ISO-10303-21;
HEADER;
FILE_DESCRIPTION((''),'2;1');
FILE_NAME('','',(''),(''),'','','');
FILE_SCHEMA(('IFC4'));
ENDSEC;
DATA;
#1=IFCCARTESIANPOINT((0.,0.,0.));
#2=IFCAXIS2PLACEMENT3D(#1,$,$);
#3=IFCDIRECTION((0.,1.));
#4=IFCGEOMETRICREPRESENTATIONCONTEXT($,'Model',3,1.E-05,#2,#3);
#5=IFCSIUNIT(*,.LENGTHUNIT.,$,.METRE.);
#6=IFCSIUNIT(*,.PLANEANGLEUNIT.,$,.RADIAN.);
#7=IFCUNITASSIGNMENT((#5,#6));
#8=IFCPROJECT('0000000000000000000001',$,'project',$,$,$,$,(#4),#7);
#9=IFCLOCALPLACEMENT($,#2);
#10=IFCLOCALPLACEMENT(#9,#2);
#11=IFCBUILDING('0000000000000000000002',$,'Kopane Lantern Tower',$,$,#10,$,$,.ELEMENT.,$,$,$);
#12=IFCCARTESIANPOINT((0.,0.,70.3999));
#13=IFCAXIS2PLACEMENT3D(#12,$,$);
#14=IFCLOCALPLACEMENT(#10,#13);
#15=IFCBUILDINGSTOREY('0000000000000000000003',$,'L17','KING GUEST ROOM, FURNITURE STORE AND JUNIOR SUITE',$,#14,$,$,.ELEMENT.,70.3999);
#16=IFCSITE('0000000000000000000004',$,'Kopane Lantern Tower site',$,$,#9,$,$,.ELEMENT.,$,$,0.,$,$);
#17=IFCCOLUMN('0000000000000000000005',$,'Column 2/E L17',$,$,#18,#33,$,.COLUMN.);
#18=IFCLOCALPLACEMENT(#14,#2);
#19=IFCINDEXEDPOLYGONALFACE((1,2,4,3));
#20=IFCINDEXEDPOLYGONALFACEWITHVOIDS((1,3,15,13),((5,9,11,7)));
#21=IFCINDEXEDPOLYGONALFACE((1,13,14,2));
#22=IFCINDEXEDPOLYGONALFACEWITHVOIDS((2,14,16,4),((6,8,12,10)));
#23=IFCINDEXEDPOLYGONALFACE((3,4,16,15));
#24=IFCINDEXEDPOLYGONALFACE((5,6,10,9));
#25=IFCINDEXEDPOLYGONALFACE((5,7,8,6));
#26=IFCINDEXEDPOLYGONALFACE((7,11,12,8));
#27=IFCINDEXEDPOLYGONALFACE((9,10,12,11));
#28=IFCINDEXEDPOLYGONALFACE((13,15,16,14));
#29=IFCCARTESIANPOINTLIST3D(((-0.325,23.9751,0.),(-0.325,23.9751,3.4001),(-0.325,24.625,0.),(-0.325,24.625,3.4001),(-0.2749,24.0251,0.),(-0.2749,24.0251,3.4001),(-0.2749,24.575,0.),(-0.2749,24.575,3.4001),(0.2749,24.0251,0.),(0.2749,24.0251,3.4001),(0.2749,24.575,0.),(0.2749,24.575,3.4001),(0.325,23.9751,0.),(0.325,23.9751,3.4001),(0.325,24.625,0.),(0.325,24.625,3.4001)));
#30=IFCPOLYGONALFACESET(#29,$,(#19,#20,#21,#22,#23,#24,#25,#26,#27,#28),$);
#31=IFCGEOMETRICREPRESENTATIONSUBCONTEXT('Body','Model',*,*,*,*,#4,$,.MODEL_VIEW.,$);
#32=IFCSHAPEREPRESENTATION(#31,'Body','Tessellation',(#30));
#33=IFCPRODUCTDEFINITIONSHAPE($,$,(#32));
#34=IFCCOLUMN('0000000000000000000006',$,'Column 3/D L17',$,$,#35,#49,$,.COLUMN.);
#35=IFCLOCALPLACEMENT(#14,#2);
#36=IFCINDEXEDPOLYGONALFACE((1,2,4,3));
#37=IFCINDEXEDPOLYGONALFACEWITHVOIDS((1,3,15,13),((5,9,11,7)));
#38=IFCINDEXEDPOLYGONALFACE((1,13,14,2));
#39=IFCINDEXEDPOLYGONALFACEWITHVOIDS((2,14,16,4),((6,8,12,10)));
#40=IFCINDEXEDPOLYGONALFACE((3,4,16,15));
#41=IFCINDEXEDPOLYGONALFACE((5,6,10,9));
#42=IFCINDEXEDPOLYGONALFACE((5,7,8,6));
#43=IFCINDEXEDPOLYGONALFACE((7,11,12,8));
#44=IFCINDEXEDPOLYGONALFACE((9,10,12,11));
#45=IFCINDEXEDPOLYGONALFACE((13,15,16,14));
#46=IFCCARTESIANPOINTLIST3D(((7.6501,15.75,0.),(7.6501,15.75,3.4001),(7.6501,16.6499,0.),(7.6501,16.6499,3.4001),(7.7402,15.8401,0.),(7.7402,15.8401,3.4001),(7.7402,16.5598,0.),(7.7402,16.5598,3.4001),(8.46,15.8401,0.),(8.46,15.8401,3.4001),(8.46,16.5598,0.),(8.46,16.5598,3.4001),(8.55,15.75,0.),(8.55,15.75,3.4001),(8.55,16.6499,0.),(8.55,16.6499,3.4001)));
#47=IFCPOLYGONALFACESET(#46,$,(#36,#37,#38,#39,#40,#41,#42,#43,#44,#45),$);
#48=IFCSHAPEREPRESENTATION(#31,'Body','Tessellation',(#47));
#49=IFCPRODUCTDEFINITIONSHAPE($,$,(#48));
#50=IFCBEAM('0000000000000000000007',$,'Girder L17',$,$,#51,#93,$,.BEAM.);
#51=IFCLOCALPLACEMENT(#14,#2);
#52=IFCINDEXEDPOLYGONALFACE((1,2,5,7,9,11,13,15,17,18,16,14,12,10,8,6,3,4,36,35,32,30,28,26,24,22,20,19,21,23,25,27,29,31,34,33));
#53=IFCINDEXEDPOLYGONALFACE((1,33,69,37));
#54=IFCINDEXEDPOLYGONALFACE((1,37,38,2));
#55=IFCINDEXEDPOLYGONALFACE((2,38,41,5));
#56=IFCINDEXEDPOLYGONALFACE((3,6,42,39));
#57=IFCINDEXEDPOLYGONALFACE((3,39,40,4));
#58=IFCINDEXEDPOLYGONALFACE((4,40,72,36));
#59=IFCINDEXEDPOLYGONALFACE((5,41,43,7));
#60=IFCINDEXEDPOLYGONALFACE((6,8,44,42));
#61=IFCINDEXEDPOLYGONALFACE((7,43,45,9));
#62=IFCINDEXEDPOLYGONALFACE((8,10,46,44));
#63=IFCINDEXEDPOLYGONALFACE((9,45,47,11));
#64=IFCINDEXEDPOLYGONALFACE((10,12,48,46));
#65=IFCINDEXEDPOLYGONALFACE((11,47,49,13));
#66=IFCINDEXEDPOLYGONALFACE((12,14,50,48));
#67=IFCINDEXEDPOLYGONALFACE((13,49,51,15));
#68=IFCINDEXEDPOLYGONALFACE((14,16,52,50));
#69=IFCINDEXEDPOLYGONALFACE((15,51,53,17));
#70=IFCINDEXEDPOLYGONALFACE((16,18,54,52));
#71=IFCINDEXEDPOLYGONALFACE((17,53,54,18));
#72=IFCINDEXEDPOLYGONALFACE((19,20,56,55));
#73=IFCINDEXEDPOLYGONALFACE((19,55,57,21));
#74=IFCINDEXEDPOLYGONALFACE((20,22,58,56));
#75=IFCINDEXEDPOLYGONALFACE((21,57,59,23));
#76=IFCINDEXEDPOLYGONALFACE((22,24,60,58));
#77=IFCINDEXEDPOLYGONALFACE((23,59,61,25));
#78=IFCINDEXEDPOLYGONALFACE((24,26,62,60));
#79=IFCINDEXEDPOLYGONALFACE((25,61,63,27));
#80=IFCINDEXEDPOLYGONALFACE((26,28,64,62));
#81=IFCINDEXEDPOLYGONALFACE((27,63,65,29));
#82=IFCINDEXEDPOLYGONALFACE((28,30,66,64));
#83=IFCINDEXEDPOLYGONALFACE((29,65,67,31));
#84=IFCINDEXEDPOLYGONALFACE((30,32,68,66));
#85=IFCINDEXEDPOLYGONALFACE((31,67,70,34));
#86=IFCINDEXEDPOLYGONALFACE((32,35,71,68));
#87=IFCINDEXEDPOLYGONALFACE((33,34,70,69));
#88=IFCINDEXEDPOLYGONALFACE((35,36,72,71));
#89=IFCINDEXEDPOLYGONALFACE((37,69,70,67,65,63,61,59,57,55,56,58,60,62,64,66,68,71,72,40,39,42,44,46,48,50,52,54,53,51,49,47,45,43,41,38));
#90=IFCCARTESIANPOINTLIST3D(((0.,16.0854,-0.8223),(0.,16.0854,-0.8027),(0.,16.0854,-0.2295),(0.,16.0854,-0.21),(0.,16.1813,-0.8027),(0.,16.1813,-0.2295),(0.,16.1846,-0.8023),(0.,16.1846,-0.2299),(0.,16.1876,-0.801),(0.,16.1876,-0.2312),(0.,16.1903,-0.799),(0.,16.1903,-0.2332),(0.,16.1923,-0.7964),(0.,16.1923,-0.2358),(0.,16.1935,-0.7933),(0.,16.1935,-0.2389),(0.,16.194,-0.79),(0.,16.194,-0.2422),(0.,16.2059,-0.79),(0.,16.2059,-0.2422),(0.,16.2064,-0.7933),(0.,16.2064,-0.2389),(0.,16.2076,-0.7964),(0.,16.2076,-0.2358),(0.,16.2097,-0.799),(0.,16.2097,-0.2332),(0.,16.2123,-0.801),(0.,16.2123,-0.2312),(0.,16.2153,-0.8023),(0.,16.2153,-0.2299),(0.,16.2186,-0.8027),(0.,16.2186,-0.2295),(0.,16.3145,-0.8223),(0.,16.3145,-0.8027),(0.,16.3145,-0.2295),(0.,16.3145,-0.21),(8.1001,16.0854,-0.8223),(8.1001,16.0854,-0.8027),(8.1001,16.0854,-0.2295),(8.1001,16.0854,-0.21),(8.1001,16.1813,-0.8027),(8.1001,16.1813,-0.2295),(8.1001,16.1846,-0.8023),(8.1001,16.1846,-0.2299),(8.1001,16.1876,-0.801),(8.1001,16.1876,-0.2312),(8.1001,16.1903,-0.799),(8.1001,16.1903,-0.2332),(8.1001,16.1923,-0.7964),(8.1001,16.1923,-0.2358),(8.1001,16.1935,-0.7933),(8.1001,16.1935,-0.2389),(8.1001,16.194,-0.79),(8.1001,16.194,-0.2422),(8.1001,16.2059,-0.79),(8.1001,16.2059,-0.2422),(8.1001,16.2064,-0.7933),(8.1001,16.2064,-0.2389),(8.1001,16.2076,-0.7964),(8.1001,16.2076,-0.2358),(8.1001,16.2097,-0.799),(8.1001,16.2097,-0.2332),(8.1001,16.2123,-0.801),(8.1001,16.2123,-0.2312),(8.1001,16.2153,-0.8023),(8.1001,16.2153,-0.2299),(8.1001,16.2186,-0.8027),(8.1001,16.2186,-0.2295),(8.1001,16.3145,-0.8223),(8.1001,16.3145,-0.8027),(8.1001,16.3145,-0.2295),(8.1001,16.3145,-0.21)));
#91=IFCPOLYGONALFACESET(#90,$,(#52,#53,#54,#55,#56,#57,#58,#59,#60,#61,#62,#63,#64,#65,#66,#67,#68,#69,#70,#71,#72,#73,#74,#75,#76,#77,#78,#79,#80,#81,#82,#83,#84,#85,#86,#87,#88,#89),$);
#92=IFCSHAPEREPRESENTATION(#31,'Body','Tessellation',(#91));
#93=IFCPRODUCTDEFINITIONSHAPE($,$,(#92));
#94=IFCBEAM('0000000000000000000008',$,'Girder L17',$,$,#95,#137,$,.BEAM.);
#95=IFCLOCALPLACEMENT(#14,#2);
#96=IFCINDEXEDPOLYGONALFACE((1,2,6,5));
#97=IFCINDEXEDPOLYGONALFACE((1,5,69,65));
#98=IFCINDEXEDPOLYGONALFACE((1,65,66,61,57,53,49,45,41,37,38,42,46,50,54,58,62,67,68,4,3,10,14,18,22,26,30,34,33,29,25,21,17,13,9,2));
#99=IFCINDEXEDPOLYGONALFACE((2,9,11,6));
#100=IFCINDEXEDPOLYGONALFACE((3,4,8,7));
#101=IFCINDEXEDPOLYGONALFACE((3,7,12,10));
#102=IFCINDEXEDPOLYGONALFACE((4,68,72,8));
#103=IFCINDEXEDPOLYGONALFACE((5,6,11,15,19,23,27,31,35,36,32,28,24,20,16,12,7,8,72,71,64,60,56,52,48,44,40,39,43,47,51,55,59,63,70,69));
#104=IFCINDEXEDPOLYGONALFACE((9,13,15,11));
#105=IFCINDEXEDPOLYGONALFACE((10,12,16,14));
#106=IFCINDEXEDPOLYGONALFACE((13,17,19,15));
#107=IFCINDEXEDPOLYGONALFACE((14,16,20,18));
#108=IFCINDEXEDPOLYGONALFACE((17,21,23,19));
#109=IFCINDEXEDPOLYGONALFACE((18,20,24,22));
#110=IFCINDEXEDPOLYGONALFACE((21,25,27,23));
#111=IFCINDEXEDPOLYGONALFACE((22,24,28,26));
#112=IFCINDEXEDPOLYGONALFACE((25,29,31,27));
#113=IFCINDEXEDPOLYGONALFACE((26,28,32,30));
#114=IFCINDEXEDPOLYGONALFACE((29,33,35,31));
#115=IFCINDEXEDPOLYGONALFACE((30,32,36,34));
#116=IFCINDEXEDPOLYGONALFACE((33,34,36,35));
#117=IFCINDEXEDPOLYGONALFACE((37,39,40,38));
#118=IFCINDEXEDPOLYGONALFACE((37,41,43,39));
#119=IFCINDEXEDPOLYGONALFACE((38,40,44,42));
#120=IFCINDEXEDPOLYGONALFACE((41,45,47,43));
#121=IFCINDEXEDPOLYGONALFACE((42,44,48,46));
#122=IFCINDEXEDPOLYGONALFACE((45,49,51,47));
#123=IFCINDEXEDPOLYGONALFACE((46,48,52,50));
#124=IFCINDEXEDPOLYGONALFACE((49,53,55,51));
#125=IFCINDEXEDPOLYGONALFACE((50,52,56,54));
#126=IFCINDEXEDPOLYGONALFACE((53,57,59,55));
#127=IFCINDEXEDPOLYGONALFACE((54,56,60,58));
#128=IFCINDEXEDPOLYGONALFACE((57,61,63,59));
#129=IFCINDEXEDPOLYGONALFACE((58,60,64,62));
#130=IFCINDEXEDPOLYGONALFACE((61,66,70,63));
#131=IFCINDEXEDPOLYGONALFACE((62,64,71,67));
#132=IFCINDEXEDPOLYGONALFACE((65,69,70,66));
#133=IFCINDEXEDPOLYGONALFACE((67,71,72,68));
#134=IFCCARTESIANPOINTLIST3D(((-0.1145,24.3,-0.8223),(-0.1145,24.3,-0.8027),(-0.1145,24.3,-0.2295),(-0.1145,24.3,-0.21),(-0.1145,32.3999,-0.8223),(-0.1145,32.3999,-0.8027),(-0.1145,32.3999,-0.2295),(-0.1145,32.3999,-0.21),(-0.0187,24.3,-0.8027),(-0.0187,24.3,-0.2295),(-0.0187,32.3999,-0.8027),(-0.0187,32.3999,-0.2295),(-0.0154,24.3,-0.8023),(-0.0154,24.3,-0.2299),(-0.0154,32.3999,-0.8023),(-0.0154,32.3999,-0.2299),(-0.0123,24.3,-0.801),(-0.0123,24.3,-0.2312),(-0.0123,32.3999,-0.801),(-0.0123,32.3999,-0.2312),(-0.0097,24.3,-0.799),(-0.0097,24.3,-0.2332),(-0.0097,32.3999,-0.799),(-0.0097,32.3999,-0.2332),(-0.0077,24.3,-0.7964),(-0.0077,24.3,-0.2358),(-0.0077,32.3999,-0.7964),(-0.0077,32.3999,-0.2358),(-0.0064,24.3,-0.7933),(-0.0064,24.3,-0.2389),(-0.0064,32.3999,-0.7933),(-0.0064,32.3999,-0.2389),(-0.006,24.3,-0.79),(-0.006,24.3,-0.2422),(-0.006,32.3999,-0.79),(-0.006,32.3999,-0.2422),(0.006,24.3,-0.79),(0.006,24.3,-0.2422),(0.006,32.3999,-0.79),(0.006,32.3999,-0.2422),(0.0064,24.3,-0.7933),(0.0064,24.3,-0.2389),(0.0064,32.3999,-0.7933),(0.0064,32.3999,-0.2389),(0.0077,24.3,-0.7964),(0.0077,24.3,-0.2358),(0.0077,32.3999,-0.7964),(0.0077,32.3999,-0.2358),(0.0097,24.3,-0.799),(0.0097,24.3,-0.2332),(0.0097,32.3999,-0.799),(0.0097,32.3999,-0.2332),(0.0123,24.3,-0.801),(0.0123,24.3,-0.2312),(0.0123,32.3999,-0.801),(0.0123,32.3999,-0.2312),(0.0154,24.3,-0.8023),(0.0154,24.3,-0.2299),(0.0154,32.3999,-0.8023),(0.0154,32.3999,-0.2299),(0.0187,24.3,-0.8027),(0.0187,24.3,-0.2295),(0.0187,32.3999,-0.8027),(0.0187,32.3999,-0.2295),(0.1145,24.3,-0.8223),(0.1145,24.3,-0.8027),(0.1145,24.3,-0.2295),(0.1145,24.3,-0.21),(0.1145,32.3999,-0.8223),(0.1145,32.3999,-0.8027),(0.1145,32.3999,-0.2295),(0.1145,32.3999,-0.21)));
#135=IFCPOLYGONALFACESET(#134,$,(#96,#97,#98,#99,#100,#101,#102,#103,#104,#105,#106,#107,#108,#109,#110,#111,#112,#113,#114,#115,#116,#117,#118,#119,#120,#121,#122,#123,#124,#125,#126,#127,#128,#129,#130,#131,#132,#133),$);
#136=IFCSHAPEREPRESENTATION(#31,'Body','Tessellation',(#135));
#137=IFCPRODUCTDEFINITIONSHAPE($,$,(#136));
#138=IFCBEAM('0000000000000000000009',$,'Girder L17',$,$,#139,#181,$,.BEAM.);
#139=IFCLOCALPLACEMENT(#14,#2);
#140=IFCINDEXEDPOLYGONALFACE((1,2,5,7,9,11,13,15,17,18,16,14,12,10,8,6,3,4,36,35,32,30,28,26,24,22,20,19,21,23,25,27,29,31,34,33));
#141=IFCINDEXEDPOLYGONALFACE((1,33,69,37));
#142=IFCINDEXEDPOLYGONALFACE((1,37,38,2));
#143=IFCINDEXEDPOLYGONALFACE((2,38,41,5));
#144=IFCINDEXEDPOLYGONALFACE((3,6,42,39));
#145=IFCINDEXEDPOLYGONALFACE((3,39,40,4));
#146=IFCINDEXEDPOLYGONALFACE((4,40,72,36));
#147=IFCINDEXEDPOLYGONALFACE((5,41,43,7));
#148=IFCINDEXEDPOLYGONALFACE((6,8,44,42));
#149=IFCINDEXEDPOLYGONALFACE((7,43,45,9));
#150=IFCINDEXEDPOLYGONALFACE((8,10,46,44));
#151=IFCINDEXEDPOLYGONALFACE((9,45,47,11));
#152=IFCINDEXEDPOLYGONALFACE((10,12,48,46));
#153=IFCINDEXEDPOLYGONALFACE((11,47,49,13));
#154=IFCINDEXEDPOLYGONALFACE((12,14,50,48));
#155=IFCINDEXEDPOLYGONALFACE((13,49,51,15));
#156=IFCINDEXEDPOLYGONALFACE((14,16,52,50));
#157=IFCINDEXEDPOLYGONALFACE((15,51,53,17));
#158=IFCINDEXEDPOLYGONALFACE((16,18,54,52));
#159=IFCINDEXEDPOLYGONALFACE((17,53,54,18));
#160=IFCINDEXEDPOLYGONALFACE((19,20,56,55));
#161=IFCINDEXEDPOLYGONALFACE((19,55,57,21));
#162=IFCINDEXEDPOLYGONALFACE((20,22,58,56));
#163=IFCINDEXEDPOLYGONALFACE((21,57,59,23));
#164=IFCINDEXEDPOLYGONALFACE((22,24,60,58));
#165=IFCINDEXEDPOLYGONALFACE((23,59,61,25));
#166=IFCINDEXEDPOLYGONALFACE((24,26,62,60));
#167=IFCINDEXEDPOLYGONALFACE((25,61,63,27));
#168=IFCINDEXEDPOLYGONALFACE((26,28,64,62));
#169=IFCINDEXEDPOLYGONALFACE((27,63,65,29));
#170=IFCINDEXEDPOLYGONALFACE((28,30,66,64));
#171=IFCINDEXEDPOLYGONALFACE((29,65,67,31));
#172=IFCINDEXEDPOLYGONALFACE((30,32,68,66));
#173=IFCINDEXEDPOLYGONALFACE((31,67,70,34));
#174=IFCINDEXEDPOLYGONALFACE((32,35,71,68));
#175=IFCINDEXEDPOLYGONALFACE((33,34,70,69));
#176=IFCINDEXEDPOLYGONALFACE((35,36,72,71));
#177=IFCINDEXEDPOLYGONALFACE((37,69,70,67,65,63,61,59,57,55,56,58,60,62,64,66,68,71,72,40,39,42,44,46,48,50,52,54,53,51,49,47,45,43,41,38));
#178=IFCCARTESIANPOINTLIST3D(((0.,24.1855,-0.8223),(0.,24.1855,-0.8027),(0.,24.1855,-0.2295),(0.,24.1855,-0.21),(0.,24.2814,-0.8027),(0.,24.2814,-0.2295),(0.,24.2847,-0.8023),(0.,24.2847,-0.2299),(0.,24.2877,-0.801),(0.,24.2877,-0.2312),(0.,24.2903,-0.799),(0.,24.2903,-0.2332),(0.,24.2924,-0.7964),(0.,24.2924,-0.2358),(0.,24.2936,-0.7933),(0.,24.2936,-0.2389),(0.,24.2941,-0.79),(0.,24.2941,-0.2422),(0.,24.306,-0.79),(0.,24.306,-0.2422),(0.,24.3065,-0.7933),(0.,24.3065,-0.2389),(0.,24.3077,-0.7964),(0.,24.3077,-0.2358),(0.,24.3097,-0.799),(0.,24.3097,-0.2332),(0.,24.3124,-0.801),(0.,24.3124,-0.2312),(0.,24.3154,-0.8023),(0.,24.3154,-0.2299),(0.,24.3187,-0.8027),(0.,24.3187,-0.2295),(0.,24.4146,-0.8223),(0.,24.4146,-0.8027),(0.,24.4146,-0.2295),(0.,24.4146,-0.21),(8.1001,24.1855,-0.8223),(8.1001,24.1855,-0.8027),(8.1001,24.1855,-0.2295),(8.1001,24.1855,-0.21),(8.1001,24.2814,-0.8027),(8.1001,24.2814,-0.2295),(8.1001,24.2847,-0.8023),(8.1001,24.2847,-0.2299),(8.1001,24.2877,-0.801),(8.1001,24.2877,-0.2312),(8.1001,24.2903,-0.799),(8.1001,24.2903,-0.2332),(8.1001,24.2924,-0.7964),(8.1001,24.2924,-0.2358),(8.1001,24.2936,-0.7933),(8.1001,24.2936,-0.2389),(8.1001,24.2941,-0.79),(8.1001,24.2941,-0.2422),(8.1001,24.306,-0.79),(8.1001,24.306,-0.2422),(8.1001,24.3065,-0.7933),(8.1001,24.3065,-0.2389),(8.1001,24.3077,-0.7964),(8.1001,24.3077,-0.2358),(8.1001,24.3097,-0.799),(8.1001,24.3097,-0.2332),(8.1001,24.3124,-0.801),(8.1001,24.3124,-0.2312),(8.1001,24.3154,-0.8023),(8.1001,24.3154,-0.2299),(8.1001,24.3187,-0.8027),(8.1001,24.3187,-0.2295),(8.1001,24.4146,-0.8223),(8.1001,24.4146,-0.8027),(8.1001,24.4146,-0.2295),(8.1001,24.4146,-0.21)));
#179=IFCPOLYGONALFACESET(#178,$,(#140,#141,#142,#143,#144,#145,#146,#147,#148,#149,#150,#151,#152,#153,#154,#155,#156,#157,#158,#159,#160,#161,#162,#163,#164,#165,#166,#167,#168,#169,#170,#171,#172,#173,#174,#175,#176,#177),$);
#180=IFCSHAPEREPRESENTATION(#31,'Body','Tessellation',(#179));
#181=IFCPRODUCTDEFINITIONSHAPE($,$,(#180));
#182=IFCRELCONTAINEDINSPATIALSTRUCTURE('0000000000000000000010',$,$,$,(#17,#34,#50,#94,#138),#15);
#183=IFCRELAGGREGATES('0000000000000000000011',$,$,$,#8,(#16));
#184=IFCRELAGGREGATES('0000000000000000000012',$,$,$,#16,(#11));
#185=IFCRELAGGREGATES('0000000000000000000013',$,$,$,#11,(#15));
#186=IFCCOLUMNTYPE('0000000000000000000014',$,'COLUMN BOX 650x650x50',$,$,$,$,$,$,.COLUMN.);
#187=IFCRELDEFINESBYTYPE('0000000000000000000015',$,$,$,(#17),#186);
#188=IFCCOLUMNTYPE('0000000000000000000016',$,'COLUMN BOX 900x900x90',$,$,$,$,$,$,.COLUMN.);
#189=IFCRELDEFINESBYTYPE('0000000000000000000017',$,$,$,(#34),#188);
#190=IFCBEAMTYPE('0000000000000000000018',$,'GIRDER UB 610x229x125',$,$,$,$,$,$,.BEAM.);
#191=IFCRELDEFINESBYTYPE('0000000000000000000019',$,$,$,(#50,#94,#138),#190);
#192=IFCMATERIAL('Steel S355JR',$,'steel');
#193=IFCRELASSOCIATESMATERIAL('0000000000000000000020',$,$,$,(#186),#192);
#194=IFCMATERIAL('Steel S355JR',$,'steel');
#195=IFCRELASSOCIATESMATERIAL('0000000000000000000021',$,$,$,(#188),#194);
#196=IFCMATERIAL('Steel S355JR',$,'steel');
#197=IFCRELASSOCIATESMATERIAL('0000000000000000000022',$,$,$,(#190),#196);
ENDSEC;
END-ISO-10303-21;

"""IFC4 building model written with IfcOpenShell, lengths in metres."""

from ifc_helpers import new_model, si_unit, direction, frame, origin, origin_2d, place, context, subcontext, project, spatial, hollow_rectangle, i_section, extrude, material, material_profile, profile_set, type_object, element, save


model = new_model("IFC4")

# Units and contexts
model_context = context("Model", 3, precision=1e-05, world=origin(), true_north=direction((0.0, 1.0)))
body_context = subcontext(model_context, "Body", "Model", "MODEL_VIEW")
ifc_project = project(units=[si_unit("LENGTHUNIT", "METRE"), si_unit("PLANEANGLEUNIT", "RADIAN")], contexts=[model_context])

# Site, building, storey
site_placement = place(None, origin())
site = spatial("IfcSite", under=ifc_project, at=site_placement, Name="Kopane Lantern Tower site", CompositionType="ELEMENT", RefElevation=0.0)
building_placement = place(site_placement, origin())
building = spatial("IfcBuilding", under=site, at=building_placement, Name="Kopane Lantern Tower", CompositionType="ELEMENT")
storey_placement = place(building_placement, frame((0.0, 0.0, 70.3999)))
storey = spatial("IfcBuildingStorey", under=building, at=storey_placement, Name="L17", Description="KING GUEST ROOM, FURNITURE STORE AND JUNIOR SUITE", CompositionType="ELEMENT", Elevation=70.3999)

# Columns
ifc_material_1 = material(Name="Steel S355JR", Category="steel")
ifc_material_profile_1 = material_profile(ifc_material_1, hollow_rectangle(XDim=0.6499, YDim=0.6499, WallThickness=0.05, at=origin_2d()), Name="BOX 650x650x50")
ifc_profile_set_1 = profile_set([ifc_material_profile_1], Name="Steel S355JR")
column_type_1 = type_object("IfcColumnType", Name="COLUMN BOX 650x650x50", PredefinedType="COLUMN", material=ifc_profile_set_1)
column_1_placement = place(storey_placement, frame((0.0, 24.3, 0.0), z_axis=(0.0, 0.0, 1.0), x_axis=(1.0, 0.0, 0.0)))
element("IfcColumn", 1, at=column_1_placement, inside=storey, type_object=column_type_1, Name="Column 2/E L17", PredefinedType="COLUMN", context=body_context, shape_type="SweptSolid", body=[
    extrude(hollow_rectangle(XDim=0.6499, YDim=0.6499, WallThickness=0.05, at=origin_2d()), origin(), (0.0, 0.0, 1.0), 3.4001),
])
ifc_material_2 = material(Name="Steel S355JR", Category="steel")
ifc_material_profile_2 = material_profile(ifc_material_2, hollow_rectangle(XDim=0.8999, YDim=0.8999, WallThickness=0.0901, at=origin_2d()), Name="BOX 900x900x90")
ifc_profile_set_2 = profile_set([ifc_material_profile_2], Name="Steel S355JR")
column_type_2 = type_object("IfcColumnType", Name="COLUMN BOX 900x900x90", PredefinedType="COLUMN", material=ifc_profile_set_2)
column_2_placement = place(storey_placement, frame((8.1001, 16.2, 0.0), z_axis=(0.0, 0.0, 1.0), x_axis=(1.0, 0.0, 0.0)))
element("IfcColumn", 2, at=column_2_placement, inside=storey, type_object=column_type_2, Name="Column 3/D L17", PredefinedType="COLUMN", context=body_context, shape_type="SweptSolid", body=[
    extrude(hollow_rectangle(XDim=0.8999, YDim=0.8999, WallThickness=0.0901, at=origin_2d()), origin(), (0.0, 0.0, 1.0), 3.4001),
])

# Beams
ifc_material_3 = material(Name="Steel S355JR", Category="steel")
ifc_material_profile_3 = material_profile(ifc_material_3, i_section(OverallWidth=0.229, OverallDepth=0.6123, WebThickness=0.012, FlangeThickness=0.0195, FilletRadius=0.0127, at=origin_2d()), Name="UB 610x229x125")
ifc_profile_set_3 = profile_set([ifc_material_profile_3], Name="Steel S355JR")
beam_type = type_object("IfcBeamType", Name="GIRDER UB 610x229x125", PredefinedType="BEAM", material=ifc_profile_set_3)
beam_1_placement = place(storey_placement, frame((0.0, 16.2, -0.5161), z_axis=(1.0, 0.0, 0.0), x_axis=(0.0, 1.0, 0.0)))
element("IfcBeam", 3, at=beam_1_placement, inside=storey, type_object=beam_type, Name="Girder L17", PredefinedType="BEAM", context=body_context, shape_type="SweptSolid", body=[
    extrude(i_section(OverallWidth=0.229, OverallDepth=0.6123, WebThickness=0.012, FlangeThickness=0.0195, FilletRadius=0.0127, at=origin_2d()), origin(), (0.0, 0.0, 1.0), 8.1001),
])
beam_2_placement = place(storey_placement, frame((0.0, 24.3, -0.5161), z_axis=(0.0, 1.0, 0.0), x_axis=(-1.0, 0.0, 0.0)))
element("IfcBeam", 4, at=beam_2_placement, inside=storey, type_object=beam_type, Name="Girder L17", PredefinedType="BEAM", context=body_context, shape_type="SweptSolid", body=[
    extrude(i_section(OverallWidth=0.229, OverallDepth=0.6123, WebThickness=0.012, FlangeThickness=0.0195, FilletRadius=0.0127, at=origin_2d()), origin(), (0.0, 0.0, 1.0), 8.0999),
])
for number, where, z_axis, x_axis, name in (
    (5, (0.0, 24.3, -0.5161), (1.0, 0.0, 0.0), (0.0, 1.0, 0.0), "Girder L17"),
):
    element("IfcBeam", number, at=place(storey_placement, frame(where, z_axis=z_axis, x_axis=x_axis)), inside=storey, type_object=beam_type, Name=name, PredefinedType="BEAM", context=body_context, shape_type="SweptSolid", body=[
        extrude(i_section(OverallWidth=0.229, OverallDepth=0.6123, WebThickness=0.012, FlangeThickness=0.0195, FilletRadius=0.0127, at=origin_2d()), origin(), (0.0, 0.0, 1.0), 8.1001),
    ])

save(model, "model.ifc")
